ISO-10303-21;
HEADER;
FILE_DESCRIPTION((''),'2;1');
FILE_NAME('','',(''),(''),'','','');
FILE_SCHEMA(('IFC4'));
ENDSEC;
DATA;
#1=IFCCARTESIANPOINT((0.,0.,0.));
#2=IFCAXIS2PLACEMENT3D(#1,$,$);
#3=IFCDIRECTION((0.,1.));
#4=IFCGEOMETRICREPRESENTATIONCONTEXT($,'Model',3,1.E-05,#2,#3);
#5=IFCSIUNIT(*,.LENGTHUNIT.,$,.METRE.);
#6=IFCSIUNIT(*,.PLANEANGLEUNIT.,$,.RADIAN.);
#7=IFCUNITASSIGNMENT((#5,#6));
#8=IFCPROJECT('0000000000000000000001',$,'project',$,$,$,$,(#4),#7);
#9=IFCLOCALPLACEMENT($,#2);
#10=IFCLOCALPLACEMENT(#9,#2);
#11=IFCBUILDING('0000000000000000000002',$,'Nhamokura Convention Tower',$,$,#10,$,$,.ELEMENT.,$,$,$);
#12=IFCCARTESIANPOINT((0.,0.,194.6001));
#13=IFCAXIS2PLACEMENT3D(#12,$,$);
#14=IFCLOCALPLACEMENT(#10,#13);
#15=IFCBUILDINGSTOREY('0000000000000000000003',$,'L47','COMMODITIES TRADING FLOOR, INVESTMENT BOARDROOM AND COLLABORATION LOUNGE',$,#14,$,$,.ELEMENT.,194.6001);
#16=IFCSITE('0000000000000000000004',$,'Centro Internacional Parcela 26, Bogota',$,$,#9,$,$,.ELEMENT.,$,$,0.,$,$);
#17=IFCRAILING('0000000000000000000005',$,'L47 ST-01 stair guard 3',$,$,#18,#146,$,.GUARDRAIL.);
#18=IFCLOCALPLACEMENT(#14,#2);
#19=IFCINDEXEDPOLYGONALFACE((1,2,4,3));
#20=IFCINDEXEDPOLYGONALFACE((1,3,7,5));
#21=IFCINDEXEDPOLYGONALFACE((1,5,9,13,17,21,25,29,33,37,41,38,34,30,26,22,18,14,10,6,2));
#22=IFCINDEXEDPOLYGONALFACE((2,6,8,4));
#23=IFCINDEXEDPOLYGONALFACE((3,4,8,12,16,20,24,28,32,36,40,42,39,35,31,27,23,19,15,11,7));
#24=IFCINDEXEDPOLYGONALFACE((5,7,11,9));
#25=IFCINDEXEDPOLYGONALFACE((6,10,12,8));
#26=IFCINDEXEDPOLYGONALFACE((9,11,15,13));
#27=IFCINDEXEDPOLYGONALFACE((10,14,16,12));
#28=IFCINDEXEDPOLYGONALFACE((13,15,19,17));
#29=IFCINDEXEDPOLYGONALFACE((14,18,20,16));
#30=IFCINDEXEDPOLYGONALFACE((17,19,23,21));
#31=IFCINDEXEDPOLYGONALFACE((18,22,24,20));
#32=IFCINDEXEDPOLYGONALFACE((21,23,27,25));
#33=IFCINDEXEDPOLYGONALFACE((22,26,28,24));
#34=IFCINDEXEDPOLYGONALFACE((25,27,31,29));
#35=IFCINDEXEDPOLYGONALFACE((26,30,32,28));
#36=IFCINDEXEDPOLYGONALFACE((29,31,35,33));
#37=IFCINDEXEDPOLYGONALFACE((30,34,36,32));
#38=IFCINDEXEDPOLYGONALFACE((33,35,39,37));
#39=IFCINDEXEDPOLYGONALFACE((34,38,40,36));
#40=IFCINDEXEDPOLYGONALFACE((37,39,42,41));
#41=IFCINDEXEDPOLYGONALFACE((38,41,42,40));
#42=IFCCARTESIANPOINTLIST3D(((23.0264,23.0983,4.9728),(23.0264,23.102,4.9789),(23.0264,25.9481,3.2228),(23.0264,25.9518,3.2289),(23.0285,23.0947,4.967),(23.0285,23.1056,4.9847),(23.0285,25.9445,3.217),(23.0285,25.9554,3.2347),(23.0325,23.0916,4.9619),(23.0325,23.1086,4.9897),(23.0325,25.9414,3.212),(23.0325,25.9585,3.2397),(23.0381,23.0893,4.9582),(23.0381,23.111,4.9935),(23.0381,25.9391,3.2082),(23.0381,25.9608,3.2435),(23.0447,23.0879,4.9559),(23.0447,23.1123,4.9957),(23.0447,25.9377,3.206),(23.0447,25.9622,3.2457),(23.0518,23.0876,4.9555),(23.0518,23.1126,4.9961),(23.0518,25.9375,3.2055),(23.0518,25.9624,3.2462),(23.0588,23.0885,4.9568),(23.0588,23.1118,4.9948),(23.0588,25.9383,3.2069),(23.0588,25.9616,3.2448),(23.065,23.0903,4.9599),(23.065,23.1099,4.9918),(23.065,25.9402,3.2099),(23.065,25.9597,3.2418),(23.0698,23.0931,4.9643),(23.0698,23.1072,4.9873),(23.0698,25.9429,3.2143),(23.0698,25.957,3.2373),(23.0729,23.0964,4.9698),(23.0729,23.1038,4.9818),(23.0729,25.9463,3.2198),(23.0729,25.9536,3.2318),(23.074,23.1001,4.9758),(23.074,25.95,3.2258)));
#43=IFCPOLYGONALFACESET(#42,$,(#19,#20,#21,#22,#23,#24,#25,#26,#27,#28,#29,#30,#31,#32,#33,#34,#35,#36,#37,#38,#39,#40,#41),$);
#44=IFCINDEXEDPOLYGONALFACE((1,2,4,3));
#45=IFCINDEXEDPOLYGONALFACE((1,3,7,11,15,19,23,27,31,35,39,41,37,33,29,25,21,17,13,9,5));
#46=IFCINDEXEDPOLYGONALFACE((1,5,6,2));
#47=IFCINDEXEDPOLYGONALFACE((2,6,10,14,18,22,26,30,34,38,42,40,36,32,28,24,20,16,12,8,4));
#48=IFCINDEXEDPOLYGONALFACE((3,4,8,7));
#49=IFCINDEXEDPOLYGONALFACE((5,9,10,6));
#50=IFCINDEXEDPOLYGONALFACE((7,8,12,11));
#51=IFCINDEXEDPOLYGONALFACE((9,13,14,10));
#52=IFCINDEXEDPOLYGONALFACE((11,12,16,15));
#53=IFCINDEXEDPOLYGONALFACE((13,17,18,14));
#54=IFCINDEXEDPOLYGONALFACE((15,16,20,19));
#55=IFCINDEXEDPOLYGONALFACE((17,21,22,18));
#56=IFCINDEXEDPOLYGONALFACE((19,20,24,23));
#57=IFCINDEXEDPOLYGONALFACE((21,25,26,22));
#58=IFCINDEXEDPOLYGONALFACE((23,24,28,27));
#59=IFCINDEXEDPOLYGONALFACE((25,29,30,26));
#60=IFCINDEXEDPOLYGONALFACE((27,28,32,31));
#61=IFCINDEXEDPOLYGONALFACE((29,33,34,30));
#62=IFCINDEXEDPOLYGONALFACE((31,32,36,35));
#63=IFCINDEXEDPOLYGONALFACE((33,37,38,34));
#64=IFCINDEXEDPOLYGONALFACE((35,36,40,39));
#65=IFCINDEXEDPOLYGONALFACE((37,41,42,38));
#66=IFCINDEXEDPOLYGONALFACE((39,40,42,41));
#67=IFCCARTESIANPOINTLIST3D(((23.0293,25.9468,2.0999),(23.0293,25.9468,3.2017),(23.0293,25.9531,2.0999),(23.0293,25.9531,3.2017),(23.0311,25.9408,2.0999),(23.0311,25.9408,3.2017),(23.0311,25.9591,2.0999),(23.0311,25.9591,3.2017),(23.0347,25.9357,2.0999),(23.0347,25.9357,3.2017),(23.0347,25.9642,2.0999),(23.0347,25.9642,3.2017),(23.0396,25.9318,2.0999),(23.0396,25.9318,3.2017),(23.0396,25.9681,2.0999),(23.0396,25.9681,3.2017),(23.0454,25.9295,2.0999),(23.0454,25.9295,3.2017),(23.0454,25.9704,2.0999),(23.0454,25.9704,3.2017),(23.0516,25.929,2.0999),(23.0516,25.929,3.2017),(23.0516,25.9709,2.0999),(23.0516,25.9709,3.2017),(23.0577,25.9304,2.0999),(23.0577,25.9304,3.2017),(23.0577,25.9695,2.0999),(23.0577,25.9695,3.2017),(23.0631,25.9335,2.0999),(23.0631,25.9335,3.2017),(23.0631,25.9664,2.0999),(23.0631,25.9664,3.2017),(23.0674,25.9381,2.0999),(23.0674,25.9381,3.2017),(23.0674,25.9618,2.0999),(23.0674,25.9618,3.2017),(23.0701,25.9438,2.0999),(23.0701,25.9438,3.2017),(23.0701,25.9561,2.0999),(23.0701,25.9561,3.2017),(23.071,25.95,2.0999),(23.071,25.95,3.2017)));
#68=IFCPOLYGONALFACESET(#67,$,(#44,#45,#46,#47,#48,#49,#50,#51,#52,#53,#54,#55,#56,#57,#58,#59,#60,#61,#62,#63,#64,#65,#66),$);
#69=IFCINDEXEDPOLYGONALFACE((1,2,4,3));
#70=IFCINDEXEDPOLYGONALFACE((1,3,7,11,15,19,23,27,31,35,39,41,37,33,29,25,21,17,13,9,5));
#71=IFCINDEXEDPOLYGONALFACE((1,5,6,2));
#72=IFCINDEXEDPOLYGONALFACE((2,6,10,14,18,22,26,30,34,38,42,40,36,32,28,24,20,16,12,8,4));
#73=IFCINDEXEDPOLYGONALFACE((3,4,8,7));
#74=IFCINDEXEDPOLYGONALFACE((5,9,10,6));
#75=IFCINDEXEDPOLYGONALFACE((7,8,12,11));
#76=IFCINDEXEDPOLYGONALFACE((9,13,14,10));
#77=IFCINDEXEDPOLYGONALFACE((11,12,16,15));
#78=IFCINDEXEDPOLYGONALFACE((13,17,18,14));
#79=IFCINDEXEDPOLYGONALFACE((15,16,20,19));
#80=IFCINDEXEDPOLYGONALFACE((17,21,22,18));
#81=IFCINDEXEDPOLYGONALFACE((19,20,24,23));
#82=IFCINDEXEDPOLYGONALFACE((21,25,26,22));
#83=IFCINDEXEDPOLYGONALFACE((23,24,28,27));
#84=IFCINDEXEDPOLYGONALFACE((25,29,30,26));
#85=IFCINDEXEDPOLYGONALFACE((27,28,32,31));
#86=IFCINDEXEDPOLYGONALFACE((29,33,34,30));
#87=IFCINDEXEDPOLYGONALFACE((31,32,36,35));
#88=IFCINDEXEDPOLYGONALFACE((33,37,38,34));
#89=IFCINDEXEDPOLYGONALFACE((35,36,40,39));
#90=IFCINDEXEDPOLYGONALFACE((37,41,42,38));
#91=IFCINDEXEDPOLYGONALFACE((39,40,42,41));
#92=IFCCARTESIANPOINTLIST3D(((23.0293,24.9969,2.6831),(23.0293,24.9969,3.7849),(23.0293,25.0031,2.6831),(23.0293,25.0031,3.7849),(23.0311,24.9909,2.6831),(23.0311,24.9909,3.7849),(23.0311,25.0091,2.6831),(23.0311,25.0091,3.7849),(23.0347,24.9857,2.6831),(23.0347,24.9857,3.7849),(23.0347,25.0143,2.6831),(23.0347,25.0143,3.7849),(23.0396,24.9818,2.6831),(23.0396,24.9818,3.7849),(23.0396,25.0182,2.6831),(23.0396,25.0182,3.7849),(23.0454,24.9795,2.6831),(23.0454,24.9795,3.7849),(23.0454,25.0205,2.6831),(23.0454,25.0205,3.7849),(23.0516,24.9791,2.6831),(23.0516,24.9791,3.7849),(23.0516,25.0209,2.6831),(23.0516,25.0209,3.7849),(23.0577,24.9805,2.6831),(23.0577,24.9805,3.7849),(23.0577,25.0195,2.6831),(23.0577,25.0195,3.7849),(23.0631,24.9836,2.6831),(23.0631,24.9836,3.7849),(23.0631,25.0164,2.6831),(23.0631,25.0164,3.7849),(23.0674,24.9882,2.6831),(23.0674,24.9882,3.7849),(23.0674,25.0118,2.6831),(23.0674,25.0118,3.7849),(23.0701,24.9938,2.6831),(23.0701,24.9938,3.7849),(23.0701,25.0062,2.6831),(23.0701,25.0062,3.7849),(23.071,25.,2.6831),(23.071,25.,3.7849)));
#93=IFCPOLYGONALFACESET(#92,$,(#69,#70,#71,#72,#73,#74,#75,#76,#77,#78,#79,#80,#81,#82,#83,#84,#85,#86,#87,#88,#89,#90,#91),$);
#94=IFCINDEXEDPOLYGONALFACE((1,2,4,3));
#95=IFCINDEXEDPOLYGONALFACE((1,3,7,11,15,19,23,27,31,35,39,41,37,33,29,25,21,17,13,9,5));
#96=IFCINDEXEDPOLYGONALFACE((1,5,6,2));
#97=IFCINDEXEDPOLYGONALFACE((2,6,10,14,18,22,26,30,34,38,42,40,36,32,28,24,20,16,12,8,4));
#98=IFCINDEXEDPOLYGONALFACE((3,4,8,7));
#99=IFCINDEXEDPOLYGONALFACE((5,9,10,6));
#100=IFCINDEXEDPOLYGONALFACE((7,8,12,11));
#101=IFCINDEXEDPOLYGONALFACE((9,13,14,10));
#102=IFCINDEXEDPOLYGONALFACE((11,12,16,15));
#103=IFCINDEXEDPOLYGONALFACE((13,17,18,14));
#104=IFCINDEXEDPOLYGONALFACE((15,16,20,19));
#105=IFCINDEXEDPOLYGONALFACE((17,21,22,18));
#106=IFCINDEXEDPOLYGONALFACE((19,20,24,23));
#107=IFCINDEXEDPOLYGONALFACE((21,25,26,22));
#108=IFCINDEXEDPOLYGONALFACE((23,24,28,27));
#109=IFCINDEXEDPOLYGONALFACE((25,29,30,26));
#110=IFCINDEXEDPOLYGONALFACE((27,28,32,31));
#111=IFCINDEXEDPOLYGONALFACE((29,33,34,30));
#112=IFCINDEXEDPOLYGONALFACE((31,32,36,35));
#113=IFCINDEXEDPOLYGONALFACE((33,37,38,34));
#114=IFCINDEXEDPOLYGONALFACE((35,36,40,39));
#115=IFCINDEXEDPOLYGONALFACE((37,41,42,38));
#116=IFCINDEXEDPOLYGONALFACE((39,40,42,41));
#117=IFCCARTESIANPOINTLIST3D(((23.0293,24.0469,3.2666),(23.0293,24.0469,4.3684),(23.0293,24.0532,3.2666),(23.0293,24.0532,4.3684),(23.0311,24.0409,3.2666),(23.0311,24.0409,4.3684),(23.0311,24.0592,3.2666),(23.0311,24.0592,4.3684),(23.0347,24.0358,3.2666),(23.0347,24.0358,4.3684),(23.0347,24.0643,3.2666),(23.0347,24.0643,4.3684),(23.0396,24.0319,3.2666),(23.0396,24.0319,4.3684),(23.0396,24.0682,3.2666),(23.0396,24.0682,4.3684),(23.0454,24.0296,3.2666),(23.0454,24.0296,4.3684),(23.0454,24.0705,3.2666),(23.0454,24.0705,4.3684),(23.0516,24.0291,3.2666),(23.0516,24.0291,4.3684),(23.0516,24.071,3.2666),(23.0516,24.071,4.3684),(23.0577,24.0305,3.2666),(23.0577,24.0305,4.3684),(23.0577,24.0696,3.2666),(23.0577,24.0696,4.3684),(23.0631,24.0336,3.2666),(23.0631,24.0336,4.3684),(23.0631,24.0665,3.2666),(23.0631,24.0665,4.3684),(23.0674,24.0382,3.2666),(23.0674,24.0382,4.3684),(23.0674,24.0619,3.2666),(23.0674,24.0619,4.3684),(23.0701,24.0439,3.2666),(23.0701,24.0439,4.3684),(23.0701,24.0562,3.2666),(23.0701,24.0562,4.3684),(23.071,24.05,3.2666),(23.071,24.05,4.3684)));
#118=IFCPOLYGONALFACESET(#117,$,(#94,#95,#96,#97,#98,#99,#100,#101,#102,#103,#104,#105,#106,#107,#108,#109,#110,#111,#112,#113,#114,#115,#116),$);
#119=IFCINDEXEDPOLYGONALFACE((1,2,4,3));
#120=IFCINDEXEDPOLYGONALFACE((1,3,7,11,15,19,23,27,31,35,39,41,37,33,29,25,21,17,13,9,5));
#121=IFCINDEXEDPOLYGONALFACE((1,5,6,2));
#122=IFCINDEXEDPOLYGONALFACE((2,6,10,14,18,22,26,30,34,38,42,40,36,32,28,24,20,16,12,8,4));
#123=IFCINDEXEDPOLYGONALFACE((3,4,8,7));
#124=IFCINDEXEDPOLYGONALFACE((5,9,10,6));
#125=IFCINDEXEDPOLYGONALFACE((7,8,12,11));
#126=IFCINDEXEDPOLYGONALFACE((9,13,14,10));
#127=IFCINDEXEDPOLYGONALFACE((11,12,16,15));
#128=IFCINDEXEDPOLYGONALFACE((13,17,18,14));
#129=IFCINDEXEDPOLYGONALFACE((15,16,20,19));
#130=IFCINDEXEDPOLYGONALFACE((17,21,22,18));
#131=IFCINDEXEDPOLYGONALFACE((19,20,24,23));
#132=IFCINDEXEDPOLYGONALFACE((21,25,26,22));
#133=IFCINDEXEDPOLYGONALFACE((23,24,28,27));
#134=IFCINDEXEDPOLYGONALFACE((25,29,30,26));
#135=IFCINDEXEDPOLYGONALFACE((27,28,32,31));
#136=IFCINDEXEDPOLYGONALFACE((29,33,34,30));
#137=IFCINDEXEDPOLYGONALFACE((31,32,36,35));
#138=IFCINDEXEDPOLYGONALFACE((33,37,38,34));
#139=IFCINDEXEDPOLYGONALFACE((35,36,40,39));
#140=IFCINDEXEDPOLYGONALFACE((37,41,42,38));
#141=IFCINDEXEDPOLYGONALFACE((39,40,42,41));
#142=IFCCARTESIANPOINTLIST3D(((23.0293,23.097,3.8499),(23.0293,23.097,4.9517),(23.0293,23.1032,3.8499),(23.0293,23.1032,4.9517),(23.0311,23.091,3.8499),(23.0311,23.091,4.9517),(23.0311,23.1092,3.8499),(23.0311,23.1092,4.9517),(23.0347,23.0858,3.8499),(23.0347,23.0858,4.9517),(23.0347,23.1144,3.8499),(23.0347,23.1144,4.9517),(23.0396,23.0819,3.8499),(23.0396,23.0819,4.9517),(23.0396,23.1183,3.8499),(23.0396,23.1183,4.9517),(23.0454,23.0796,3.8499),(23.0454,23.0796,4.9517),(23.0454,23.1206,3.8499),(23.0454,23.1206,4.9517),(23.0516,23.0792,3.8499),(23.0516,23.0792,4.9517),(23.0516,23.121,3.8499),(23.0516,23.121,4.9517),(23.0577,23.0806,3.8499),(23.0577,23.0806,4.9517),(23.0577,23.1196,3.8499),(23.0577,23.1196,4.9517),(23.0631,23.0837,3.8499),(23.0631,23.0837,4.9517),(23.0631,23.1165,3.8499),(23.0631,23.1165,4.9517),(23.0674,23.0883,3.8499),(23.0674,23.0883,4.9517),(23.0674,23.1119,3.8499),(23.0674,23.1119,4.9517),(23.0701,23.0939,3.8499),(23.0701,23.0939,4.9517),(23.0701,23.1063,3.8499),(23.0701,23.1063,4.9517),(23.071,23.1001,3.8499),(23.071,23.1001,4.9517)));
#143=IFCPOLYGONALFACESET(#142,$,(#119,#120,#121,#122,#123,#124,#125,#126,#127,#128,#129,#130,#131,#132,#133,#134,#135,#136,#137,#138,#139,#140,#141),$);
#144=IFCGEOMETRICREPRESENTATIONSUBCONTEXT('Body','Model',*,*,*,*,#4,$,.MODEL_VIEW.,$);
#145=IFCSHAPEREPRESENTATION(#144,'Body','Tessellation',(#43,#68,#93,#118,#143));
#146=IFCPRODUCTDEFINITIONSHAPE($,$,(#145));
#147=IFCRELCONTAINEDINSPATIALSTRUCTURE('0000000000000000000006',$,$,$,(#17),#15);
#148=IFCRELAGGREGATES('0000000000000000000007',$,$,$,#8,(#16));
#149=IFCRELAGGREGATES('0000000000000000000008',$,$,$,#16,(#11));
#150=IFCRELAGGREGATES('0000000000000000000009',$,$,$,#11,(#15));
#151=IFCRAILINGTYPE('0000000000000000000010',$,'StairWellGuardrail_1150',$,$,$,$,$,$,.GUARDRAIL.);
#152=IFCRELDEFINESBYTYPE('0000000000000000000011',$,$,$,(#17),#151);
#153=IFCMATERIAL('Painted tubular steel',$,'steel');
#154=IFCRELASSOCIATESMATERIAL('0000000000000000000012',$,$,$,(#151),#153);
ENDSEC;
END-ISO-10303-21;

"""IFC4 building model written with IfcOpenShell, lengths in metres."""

from ifc_helpers import new_model, si_unit, direction, frame, origin, origin_2d, place, context, subcontext, project, spatial, circle, extrude, material, type_object, element, save


model = new_model("IFC4")

# Units and contexts
model_context = context("Model", 3, precision=1e-05, world=origin(), true_north=direction((0.0, 1.0)))
body_context = subcontext(model_context, "Body", "Model", "MODEL_VIEW")
ifc_project = project(units=[si_unit("LENGTHUNIT", "METRE"), si_unit("PLANEANGLEUNIT", "RADIAN")], contexts=[model_context])

# Site, building, storey
site_placement = place(None, origin())
site = spatial("IfcSite", under=ifc_project, at=site_placement, Name="Centro Internacional Parcela 26, Bogota", CompositionType="ELEMENT", RefElevation=0.0)
building_placement = place(site_placement, origin())
building = spatial("IfcBuilding", under=site, at=building_placement, Name="Nhamokura Convention Tower", CompositionType="ELEMENT")
storey_placement = place(building_placement, frame((0.0, 0.0, 194.6001)))
storey = spatial("IfcBuildingStorey", under=building, at=storey_placement, Name="L47", Description="COMMODITIES TRADING FLOOR, INVESTMENT BOARDROOM AND COLLABORATION LOUNGE", CompositionType="ELEMENT", Elevation=194.6001)

# Railing
ifc_material_1 = material(Name="Painted tubular steel", Category="steel")
railing_type_1 = type_object("IfcRailingType", Name="StairWellGuardrail_1150", PredefinedType="GUARDRAIL", material=ifc_material_1)
railing_1_placement = place(storey_placement, frame((23.05, 25.95, 2.0999)))
element("IfcRailing", 1, at=railing_1_placement, inside=storey, type_object=railing_type_1, Name="L47 ST-01 stair guard 3", PredefinedType="GUARDRAIL", context=body_context, shape_type="SweptSolid", body=[
    extrude(circle(Radius=0.0239, at=origin_2d()), frame((0.0, 0.0, 1.126), z_axis=(0.0, -0.852159, 0.523283), x_axis=(1.0, 0.0, 0.0)), (0.0, 0.0, 1.0), 3.3442),
    extrude(circle(Radius=0.021, at=origin_2d()), origin(), (0.0, 0.0, 1.0), 1.1018),
    extrude(circle(Radius=0.021, at=origin_2d()), frame((0.0, -0.95, 0.5833)), (0.0, 0.0, 1.0), 1.1018),
    extrude(circle(Radius=0.021, at=origin_2d()), frame((0.0, -1.8999, 1.1667)), (0.0, 0.0, 1.0), 1.1018),
    extrude(circle(Radius=0.021, at=origin_2d()), frame((0.0, -2.8499, 1.75)), (0.0, 0.0, 1.0), 1.1018),
])

save(model, "model.ifc")
